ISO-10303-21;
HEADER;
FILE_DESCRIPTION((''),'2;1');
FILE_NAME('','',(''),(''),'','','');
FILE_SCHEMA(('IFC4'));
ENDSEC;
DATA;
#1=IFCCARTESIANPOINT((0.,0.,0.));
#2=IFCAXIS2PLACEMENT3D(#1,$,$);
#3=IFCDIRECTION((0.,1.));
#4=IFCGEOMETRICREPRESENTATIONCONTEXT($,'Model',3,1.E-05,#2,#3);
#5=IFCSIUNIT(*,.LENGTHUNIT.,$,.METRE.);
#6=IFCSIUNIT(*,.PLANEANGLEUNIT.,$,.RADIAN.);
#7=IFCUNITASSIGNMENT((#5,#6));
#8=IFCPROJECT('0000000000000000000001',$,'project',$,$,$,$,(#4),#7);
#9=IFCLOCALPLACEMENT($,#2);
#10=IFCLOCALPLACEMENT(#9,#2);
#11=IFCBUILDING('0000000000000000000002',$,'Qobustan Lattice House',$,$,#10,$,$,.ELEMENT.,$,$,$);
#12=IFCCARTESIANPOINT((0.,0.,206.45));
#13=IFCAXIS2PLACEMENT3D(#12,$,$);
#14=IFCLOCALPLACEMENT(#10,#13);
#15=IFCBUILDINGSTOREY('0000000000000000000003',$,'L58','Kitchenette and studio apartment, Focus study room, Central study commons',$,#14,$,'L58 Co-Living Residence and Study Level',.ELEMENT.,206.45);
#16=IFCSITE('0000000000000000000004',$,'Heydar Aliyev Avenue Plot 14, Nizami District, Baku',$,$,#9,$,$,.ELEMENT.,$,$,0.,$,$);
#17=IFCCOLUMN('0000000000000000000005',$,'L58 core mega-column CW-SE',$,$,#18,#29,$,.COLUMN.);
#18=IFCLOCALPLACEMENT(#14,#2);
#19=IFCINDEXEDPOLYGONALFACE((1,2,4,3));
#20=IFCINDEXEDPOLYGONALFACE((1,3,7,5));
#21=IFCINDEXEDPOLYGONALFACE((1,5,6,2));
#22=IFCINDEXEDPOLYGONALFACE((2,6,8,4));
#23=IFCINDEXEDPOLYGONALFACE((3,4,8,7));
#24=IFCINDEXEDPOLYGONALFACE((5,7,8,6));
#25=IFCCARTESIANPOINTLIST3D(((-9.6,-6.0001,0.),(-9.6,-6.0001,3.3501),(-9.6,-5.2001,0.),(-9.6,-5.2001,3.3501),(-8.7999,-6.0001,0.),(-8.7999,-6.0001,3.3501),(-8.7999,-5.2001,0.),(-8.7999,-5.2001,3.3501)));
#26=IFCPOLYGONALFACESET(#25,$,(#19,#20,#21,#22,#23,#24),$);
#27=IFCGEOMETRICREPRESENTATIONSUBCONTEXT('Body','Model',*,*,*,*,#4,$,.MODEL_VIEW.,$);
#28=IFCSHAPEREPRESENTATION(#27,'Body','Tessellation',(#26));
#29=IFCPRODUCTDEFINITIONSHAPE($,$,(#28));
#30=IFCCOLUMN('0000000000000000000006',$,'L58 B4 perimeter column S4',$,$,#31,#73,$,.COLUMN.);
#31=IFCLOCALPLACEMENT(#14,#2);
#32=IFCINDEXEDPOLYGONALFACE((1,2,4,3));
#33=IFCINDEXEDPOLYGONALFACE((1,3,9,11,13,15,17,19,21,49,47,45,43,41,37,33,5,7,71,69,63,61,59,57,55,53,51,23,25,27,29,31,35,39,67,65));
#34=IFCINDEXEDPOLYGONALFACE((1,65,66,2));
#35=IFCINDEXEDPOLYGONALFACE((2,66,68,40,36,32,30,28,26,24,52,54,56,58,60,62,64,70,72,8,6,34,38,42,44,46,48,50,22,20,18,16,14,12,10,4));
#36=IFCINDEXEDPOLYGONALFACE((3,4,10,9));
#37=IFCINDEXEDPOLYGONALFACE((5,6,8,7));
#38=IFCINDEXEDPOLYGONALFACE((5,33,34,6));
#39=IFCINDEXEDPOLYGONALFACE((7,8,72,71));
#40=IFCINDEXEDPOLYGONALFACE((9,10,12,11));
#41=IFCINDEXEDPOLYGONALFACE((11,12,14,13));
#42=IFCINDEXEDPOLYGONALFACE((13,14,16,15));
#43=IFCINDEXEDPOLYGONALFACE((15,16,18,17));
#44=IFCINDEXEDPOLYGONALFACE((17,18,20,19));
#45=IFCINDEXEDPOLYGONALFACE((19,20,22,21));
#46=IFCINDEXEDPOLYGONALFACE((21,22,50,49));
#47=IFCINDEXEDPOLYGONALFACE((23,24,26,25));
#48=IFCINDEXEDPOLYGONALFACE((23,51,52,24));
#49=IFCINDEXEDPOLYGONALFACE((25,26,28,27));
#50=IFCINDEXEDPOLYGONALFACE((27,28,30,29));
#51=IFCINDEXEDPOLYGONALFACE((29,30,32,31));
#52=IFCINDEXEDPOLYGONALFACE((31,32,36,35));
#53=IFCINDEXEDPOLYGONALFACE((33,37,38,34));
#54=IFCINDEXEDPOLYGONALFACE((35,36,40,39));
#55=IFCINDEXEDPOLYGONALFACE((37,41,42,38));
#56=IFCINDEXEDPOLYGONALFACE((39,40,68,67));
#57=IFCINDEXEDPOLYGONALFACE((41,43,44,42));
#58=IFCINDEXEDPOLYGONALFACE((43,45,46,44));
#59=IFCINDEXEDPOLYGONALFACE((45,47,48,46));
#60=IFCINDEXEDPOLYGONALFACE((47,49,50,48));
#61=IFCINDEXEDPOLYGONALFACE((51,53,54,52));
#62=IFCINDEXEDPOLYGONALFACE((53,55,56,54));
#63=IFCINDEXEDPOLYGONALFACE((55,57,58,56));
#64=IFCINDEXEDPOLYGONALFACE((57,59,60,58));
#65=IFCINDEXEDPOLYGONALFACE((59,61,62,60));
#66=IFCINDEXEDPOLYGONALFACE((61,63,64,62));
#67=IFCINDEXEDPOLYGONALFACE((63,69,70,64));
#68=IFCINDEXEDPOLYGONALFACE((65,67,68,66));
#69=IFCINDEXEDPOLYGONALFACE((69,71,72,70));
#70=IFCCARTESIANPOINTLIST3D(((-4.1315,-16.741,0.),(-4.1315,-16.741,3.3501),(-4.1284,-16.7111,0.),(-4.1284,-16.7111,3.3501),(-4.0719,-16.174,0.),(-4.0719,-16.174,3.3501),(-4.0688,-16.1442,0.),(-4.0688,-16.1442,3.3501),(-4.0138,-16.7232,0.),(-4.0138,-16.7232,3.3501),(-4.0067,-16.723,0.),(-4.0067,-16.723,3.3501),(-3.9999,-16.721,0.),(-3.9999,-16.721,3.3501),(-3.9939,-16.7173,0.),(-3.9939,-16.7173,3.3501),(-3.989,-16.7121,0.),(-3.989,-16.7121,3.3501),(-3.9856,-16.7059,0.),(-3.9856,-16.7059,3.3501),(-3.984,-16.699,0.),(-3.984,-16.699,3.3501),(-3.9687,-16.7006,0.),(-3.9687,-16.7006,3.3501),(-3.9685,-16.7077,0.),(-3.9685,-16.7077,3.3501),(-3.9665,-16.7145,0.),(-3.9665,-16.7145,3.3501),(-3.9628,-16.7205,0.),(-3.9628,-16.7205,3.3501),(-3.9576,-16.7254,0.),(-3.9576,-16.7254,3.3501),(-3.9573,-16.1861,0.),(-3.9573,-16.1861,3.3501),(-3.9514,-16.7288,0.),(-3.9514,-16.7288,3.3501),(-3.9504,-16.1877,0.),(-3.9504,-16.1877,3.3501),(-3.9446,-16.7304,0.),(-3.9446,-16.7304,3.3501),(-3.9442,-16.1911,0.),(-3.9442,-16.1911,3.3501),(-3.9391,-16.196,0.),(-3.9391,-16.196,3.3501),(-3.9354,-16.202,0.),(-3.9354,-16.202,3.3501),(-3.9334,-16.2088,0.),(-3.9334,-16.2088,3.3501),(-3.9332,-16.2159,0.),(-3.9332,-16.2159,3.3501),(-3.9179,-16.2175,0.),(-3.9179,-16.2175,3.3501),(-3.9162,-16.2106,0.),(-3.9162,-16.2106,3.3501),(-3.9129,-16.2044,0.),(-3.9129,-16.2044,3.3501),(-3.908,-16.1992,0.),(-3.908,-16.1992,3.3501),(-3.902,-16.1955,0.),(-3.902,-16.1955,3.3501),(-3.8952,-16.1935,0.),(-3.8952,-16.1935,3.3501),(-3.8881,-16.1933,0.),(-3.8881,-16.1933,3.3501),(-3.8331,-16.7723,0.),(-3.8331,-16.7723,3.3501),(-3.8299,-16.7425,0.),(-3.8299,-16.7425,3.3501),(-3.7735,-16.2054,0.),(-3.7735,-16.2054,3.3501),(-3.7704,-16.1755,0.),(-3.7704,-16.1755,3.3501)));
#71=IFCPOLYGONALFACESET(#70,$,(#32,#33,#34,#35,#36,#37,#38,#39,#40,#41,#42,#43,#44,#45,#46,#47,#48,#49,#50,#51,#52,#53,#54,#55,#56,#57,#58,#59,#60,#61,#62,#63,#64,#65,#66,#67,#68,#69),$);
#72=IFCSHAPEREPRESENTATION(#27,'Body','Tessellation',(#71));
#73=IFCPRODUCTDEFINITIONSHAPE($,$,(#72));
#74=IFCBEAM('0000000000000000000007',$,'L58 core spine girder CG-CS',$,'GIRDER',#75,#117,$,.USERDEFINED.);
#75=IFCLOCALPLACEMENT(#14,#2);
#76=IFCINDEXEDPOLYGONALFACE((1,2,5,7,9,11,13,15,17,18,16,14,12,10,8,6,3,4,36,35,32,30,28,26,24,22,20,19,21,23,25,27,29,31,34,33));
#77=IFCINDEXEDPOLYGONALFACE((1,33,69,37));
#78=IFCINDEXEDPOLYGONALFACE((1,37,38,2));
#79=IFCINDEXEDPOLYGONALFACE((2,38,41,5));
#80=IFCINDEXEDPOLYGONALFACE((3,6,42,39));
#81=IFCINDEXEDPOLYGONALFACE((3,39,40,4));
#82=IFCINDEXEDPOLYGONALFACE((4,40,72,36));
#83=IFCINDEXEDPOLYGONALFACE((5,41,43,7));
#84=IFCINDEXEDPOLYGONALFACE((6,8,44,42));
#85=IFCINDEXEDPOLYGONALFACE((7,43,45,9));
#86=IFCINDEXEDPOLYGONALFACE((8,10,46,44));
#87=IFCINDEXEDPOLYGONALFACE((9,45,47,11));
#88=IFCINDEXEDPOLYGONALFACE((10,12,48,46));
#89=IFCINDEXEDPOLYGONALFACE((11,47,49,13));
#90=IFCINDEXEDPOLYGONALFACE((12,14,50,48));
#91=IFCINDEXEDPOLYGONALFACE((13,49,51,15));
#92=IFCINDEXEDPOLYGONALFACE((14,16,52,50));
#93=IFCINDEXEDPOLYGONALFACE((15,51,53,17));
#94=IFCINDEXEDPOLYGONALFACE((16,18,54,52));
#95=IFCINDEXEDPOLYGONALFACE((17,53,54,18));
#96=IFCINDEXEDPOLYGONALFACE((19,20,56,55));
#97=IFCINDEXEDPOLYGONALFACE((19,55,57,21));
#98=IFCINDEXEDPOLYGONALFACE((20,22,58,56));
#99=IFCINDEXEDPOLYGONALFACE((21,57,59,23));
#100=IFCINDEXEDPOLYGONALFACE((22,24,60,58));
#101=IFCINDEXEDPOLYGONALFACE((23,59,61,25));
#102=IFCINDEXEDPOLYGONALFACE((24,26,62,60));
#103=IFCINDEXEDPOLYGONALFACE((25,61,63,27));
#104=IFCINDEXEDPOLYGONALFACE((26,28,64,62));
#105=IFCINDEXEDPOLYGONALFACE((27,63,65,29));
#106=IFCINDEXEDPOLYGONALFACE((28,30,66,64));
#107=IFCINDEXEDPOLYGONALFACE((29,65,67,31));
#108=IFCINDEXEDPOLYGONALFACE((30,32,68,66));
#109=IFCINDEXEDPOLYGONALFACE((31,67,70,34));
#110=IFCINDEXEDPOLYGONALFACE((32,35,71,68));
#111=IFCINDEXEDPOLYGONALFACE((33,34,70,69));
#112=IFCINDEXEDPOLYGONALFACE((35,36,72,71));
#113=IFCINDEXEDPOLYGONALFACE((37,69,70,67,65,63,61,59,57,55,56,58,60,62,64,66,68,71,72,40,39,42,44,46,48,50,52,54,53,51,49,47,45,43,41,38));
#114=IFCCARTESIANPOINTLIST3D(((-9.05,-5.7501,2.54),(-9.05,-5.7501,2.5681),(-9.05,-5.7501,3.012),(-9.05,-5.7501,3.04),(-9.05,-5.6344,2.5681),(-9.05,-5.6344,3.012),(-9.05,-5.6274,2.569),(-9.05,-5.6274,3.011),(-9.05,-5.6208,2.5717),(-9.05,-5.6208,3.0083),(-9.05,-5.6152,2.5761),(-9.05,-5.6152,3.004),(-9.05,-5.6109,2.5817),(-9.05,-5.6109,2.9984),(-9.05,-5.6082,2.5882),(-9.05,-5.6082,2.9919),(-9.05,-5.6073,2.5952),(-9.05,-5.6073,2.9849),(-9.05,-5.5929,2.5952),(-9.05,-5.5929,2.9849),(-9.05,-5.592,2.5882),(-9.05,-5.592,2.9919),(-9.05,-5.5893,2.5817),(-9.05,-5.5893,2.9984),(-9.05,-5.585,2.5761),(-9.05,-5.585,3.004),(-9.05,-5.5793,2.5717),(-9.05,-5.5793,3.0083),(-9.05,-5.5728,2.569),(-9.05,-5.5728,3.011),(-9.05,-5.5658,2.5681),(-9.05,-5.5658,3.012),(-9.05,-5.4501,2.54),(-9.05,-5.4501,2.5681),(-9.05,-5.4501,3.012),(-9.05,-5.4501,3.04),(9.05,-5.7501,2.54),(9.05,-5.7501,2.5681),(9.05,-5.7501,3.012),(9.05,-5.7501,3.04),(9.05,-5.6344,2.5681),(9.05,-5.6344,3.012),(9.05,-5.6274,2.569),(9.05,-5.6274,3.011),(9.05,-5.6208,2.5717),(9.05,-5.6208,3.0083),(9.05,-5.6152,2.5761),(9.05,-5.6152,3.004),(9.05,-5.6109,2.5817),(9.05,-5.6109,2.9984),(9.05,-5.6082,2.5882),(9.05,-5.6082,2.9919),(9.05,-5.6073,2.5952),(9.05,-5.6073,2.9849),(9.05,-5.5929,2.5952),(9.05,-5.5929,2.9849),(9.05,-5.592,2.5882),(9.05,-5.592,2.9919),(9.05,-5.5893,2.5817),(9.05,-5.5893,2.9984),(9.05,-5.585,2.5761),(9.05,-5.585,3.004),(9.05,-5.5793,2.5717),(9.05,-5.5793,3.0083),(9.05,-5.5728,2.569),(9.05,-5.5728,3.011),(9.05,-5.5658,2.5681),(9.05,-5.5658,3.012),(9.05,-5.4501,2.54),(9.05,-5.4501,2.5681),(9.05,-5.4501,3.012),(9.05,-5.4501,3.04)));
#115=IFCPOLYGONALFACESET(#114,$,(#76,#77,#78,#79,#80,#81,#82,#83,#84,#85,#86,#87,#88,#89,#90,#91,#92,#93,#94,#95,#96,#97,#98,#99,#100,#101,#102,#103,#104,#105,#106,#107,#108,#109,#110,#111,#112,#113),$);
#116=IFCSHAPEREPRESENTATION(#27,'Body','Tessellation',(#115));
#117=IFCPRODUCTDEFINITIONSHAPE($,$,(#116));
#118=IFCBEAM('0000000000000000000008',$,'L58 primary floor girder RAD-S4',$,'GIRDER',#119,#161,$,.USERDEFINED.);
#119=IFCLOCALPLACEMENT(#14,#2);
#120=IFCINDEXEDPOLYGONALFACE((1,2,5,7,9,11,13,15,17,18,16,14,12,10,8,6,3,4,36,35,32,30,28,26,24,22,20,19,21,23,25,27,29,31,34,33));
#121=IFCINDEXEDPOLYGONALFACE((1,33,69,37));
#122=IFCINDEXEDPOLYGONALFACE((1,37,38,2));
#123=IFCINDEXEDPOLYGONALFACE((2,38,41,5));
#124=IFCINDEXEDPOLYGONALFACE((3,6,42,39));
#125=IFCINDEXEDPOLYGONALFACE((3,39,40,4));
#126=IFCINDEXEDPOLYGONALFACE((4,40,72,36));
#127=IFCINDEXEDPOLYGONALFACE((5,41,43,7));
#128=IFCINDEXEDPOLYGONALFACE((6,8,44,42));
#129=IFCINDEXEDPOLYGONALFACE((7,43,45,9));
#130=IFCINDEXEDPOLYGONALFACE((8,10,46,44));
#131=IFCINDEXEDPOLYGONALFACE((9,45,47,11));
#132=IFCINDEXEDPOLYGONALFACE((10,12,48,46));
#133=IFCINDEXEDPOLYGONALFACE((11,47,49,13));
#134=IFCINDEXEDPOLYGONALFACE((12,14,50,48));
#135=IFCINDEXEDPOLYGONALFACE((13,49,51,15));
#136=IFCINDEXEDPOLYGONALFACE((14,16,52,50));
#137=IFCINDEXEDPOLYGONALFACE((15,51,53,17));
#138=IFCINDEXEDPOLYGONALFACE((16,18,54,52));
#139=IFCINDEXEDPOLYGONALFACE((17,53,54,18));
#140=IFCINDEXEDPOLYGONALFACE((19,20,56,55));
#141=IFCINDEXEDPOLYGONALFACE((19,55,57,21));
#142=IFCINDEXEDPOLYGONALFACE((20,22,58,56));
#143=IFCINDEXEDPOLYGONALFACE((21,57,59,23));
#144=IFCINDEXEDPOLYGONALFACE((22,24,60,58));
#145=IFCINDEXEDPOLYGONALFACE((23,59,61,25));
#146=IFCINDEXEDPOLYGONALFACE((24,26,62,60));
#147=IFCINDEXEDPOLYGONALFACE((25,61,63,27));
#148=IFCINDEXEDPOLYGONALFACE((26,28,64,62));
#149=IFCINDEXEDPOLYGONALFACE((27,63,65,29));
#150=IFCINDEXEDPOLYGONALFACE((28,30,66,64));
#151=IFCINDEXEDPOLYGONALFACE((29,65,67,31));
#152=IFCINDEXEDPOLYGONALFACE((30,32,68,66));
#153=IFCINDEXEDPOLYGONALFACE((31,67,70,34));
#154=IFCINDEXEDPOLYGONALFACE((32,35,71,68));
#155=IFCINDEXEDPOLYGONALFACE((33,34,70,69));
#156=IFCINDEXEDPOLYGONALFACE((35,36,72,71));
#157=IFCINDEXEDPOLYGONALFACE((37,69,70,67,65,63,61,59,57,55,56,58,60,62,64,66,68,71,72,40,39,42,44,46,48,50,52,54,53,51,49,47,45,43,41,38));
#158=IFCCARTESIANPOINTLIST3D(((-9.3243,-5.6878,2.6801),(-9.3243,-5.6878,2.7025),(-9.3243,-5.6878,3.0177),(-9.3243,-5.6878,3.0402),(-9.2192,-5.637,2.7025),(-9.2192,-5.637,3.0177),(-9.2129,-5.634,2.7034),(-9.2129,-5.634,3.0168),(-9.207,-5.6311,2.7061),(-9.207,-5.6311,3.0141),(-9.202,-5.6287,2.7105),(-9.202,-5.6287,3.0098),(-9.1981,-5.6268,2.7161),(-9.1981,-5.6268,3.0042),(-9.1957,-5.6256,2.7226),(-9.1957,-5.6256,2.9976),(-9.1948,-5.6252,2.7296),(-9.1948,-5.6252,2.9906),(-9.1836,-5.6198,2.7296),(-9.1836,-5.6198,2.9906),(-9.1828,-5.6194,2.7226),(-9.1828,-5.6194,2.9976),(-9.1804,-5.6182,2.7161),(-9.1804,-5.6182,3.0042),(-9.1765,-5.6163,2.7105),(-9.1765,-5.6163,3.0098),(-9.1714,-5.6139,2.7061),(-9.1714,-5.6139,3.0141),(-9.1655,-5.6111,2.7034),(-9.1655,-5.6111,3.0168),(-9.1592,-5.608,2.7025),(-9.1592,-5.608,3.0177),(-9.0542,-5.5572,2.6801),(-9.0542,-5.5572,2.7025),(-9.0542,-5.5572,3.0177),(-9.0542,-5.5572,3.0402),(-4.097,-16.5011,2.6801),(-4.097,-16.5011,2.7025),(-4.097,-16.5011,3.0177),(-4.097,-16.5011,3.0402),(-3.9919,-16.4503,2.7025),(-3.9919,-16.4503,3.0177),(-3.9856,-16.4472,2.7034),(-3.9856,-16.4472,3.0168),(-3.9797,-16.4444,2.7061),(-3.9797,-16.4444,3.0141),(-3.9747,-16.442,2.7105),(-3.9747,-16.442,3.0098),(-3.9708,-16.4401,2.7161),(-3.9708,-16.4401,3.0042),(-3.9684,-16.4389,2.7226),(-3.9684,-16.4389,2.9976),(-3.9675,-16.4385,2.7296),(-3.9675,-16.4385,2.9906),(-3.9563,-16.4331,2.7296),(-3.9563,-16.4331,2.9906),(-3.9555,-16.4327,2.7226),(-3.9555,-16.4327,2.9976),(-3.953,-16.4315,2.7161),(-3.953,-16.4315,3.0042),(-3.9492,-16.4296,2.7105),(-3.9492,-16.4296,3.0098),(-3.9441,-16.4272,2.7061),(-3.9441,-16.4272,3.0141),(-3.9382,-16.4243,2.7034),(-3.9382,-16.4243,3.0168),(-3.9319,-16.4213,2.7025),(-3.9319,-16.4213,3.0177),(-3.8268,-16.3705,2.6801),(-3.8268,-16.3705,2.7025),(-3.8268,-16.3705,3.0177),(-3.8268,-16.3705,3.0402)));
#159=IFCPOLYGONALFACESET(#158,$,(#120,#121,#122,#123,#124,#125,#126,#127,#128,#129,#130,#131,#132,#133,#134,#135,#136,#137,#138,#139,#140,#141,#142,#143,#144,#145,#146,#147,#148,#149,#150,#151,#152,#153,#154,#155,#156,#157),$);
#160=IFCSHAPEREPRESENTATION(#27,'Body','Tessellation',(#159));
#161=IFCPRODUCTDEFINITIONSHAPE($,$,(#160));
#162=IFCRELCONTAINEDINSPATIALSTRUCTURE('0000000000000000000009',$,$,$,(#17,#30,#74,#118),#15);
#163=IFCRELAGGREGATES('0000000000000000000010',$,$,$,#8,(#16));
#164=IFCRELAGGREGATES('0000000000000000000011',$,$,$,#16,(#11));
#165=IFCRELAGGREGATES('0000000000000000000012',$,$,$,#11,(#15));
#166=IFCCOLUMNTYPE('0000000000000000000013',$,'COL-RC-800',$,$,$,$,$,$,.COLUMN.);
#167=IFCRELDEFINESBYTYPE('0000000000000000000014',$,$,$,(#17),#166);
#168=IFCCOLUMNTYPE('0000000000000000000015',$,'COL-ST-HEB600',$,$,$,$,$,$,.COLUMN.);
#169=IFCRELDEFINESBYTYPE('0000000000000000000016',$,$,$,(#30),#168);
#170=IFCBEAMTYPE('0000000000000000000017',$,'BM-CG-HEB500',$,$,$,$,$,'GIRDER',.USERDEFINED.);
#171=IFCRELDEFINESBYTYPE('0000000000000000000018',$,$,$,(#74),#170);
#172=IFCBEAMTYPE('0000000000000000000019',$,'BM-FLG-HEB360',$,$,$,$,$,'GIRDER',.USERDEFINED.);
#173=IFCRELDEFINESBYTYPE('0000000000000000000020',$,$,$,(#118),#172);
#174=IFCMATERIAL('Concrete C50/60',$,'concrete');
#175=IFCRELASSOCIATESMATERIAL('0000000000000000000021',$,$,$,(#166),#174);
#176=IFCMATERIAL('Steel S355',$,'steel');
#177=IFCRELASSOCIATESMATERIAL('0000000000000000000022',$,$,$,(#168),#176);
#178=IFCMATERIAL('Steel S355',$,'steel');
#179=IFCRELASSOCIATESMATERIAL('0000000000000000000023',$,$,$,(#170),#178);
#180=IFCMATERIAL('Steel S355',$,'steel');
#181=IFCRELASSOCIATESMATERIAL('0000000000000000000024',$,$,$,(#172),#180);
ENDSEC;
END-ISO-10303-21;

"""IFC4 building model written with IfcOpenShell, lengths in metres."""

from ifc_helpers import new_model, si_unit, direction, frame, origin, origin_2d, place, context, subcontext, project, spatial, rectangle, i_section, extrude, material, material_profile, profile_set, type_object, element, save


model = new_model("IFC4")

# Units and contexts
model_context = context("Model", 3, precision=1e-05, world=origin(), true_north=direction((0.0, 1.0)))
body_context = subcontext(model_context, "Body", "Model", "MODEL_VIEW")
ifc_project = project(units=[si_unit("LENGTHUNIT", "METRE"), si_unit("PLANEANGLEUNIT", "RADIAN")], contexts=[model_context])

# Site, building, storey
site_placement = place(None, origin())
site = spatial("IfcSite", under=ifc_project, at=site_placement, Name="Heydar Aliyev Avenue Plot 14, Nizami District, Baku", CompositionType="ELEMENT", RefElevation=0.0)
building_placement = place(site_placement, origin())
building = spatial("IfcBuilding", under=site, at=building_placement, Name="Qobustan Lattice House", CompositionType="ELEMENT")
storey_placement = place(building_placement, frame((0.0, 0.0, 206.45)))
storey = spatial("IfcBuildingStorey", under=building, at=storey_placement, Name="L58", Description="Kitchenette and studio apartment, Focus study room, Central study commons", LongName="L58 Co-Living Residence and Study Level", CompositionType="ELEMENT", Elevation=206.45)

# Columns
ifc_material_1 = material(Name="Concrete C50/60", Category="concrete")
ifc_material_profile_1 = material_profile(ifc_material_1, rectangle(XDim=0.8, YDim=0.8, at=origin_2d()), Name="RC800x800")
ifc_profile_set_1 = profile_set([ifc_material_profile_1], Name="Concrete C50/60")
column_type_1 = type_object("IfcColumnType", Name="COL-RC-800", PredefinedType="COLUMN", material=ifc_profile_set_1)
column_1_placement = place(storey_placement, frame((-9.2, -5.6001, 0.0), z_axis=(0.0, 0.0, 1.0), x_axis=(1.0, 0.0, 0.0)))
element("IfcColumn", 1, at=column_1_placement, inside=storey, type_object=column_type_1, Name="L58 core mega-column CW-SE", PredefinedType="COLUMN", context=body_context, shape_type="SweptSolid", body=[
    extrude(rectangle(XDim=0.8, YDim=0.8, at=origin_2d()), origin(), (0.0, 0.0, 1.0), 3.3501),
])
ifc_material_2 = material(Name="Steel S355", Category="steel")
ifc_material_profile_2 = material_profile(ifc_material_2, i_section(OverallWidth=0.3, OverallDepth=0.6001, WebThickness=0.0154, FlangeThickness=0.03, FilletRadius=0.0271, at=origin_2d()), Name="HEB600")
ifc_profile_set_2 = profile_set([ifc_material_profile_2], Name="Steel S355")
column_type_2 = type_object("IfcColumnType", Name="COL-ST-HEB600", PredefinedType="COLUMN", material=ifc_profile_set_2)
column_2_placement = place(storey_placement, frame((-3.9509, -16.4583, 0.0), z_axis=(0.0, 0.0, 1.0), x_axis=(0.994522, -0.104528, 0.0)))
element("IfcColumn", 2, at=column_2_placement, inside=storey, type_object=column_type_2, Name="L58 B4 perimeter column S4", PredefinedType="COLUMN", context=body_context, shape_type="SweptSolid", body=[
    extrude(i_section(OverallWidth=0.3, OverallDepth=0.6001, WebThickness=0.0154, FlangeThickness=0.03, FilletRadius=0.0271, at=origin_2d()), origin(), (0.0, 0.0, 1.0), 3.3501),
])

# Beams
ifc_material_3 = material(Name="Steel S355", Category="steel")
ifc_material_profile_3 = material_profile(ifc_material_3, i_section(OverallWidth=0.3, OverallDepth=0.5, WebThickness=0.0144, FlangeThickness=0.0281, FilletRadius=0.0271, at=origin_2d()), Name="HEB500")
ifc_profile_set_3 = profile_set([ifc_material_profile_3], Name="Steel S355")
beam_type_1 = type_object("IfcBeamType", Name="BM-CG-HEB500", ElementType="GIRDER", PredefinedType="USERDEFINED", material=ifc_profile_set_3)
beam_1_placement = place(storey_placement, frame((-9.05, -5.6001, 2.79), z_axis=(1.0, 0.0, 0.0), x_axis=(0.0, 1.0, 0.0)))
element("IfcBeam", 3, at=beam_1_placement, inside=storey, type_object=beam_type_1, Name="L58 core spine girder CG-CS", ObjectType="GIRDER", PredefinedType="USERDEFINED", context=body_context, shape_type="SweptSolid", body=[
    extrude(i_section(OverallWidth=0.3, OverallDepth=0.5, WebThickness=0.0144, FlangeThickness=0.0281, FilletRadius=0.0271, at=origin_2d()), origin(), (0.0, 0.0, 1.0), 18.1001),
])
ifc_material_4 = material(Name="Steel S355", Category="steel")
ifc_material_profile_4 = material_profile(ifc_material_4, i_section(OverallWidth=0.3, OverallDepth=0.3601, WebThickness=0.0125, FlangeThickness=0.0225, FilletRadius=0.0271, at=origin_2d()), Name="HEB360")
ifc_profile_set_4 = profile_set([ifc_material_profile_4], Name="Steel S355")
beam_type_2 = type_object("IfcBeamType", Name="BM-FLG-HEB360", ElementType="GIRDER", PredefinedType="USERDEFINED", material=ifc_profile_set_4)
beam_2_placement = place(storey_placement, frame((-3.9619, -16.4358, 2.8601), z_axis=(-0.435229, 0.90032, 0.0), x_axis=(-0.90032, -0.435229, 0.0)))
element("IfcBeam", 4, at=beam_2_placement, inside=storey, type_object=beam_type_2, Name="L58 primary floor girder RAD-S4", ObjectType="GIRDER", PredefinedType="USERDEFINED", context=body_context, shape_type="SweptSolid", body=[
    extrude(i_section(OverallWidth=0.3, OverallDepth=0.3601, WebThickness=0.0125, FlangeThickness=0.0225, FilletRadius=0.0271, at=origin_2d()), origin(), (0.0, 0.0, 1.0), 12.0105),
])

save(model, "model.ifc")
